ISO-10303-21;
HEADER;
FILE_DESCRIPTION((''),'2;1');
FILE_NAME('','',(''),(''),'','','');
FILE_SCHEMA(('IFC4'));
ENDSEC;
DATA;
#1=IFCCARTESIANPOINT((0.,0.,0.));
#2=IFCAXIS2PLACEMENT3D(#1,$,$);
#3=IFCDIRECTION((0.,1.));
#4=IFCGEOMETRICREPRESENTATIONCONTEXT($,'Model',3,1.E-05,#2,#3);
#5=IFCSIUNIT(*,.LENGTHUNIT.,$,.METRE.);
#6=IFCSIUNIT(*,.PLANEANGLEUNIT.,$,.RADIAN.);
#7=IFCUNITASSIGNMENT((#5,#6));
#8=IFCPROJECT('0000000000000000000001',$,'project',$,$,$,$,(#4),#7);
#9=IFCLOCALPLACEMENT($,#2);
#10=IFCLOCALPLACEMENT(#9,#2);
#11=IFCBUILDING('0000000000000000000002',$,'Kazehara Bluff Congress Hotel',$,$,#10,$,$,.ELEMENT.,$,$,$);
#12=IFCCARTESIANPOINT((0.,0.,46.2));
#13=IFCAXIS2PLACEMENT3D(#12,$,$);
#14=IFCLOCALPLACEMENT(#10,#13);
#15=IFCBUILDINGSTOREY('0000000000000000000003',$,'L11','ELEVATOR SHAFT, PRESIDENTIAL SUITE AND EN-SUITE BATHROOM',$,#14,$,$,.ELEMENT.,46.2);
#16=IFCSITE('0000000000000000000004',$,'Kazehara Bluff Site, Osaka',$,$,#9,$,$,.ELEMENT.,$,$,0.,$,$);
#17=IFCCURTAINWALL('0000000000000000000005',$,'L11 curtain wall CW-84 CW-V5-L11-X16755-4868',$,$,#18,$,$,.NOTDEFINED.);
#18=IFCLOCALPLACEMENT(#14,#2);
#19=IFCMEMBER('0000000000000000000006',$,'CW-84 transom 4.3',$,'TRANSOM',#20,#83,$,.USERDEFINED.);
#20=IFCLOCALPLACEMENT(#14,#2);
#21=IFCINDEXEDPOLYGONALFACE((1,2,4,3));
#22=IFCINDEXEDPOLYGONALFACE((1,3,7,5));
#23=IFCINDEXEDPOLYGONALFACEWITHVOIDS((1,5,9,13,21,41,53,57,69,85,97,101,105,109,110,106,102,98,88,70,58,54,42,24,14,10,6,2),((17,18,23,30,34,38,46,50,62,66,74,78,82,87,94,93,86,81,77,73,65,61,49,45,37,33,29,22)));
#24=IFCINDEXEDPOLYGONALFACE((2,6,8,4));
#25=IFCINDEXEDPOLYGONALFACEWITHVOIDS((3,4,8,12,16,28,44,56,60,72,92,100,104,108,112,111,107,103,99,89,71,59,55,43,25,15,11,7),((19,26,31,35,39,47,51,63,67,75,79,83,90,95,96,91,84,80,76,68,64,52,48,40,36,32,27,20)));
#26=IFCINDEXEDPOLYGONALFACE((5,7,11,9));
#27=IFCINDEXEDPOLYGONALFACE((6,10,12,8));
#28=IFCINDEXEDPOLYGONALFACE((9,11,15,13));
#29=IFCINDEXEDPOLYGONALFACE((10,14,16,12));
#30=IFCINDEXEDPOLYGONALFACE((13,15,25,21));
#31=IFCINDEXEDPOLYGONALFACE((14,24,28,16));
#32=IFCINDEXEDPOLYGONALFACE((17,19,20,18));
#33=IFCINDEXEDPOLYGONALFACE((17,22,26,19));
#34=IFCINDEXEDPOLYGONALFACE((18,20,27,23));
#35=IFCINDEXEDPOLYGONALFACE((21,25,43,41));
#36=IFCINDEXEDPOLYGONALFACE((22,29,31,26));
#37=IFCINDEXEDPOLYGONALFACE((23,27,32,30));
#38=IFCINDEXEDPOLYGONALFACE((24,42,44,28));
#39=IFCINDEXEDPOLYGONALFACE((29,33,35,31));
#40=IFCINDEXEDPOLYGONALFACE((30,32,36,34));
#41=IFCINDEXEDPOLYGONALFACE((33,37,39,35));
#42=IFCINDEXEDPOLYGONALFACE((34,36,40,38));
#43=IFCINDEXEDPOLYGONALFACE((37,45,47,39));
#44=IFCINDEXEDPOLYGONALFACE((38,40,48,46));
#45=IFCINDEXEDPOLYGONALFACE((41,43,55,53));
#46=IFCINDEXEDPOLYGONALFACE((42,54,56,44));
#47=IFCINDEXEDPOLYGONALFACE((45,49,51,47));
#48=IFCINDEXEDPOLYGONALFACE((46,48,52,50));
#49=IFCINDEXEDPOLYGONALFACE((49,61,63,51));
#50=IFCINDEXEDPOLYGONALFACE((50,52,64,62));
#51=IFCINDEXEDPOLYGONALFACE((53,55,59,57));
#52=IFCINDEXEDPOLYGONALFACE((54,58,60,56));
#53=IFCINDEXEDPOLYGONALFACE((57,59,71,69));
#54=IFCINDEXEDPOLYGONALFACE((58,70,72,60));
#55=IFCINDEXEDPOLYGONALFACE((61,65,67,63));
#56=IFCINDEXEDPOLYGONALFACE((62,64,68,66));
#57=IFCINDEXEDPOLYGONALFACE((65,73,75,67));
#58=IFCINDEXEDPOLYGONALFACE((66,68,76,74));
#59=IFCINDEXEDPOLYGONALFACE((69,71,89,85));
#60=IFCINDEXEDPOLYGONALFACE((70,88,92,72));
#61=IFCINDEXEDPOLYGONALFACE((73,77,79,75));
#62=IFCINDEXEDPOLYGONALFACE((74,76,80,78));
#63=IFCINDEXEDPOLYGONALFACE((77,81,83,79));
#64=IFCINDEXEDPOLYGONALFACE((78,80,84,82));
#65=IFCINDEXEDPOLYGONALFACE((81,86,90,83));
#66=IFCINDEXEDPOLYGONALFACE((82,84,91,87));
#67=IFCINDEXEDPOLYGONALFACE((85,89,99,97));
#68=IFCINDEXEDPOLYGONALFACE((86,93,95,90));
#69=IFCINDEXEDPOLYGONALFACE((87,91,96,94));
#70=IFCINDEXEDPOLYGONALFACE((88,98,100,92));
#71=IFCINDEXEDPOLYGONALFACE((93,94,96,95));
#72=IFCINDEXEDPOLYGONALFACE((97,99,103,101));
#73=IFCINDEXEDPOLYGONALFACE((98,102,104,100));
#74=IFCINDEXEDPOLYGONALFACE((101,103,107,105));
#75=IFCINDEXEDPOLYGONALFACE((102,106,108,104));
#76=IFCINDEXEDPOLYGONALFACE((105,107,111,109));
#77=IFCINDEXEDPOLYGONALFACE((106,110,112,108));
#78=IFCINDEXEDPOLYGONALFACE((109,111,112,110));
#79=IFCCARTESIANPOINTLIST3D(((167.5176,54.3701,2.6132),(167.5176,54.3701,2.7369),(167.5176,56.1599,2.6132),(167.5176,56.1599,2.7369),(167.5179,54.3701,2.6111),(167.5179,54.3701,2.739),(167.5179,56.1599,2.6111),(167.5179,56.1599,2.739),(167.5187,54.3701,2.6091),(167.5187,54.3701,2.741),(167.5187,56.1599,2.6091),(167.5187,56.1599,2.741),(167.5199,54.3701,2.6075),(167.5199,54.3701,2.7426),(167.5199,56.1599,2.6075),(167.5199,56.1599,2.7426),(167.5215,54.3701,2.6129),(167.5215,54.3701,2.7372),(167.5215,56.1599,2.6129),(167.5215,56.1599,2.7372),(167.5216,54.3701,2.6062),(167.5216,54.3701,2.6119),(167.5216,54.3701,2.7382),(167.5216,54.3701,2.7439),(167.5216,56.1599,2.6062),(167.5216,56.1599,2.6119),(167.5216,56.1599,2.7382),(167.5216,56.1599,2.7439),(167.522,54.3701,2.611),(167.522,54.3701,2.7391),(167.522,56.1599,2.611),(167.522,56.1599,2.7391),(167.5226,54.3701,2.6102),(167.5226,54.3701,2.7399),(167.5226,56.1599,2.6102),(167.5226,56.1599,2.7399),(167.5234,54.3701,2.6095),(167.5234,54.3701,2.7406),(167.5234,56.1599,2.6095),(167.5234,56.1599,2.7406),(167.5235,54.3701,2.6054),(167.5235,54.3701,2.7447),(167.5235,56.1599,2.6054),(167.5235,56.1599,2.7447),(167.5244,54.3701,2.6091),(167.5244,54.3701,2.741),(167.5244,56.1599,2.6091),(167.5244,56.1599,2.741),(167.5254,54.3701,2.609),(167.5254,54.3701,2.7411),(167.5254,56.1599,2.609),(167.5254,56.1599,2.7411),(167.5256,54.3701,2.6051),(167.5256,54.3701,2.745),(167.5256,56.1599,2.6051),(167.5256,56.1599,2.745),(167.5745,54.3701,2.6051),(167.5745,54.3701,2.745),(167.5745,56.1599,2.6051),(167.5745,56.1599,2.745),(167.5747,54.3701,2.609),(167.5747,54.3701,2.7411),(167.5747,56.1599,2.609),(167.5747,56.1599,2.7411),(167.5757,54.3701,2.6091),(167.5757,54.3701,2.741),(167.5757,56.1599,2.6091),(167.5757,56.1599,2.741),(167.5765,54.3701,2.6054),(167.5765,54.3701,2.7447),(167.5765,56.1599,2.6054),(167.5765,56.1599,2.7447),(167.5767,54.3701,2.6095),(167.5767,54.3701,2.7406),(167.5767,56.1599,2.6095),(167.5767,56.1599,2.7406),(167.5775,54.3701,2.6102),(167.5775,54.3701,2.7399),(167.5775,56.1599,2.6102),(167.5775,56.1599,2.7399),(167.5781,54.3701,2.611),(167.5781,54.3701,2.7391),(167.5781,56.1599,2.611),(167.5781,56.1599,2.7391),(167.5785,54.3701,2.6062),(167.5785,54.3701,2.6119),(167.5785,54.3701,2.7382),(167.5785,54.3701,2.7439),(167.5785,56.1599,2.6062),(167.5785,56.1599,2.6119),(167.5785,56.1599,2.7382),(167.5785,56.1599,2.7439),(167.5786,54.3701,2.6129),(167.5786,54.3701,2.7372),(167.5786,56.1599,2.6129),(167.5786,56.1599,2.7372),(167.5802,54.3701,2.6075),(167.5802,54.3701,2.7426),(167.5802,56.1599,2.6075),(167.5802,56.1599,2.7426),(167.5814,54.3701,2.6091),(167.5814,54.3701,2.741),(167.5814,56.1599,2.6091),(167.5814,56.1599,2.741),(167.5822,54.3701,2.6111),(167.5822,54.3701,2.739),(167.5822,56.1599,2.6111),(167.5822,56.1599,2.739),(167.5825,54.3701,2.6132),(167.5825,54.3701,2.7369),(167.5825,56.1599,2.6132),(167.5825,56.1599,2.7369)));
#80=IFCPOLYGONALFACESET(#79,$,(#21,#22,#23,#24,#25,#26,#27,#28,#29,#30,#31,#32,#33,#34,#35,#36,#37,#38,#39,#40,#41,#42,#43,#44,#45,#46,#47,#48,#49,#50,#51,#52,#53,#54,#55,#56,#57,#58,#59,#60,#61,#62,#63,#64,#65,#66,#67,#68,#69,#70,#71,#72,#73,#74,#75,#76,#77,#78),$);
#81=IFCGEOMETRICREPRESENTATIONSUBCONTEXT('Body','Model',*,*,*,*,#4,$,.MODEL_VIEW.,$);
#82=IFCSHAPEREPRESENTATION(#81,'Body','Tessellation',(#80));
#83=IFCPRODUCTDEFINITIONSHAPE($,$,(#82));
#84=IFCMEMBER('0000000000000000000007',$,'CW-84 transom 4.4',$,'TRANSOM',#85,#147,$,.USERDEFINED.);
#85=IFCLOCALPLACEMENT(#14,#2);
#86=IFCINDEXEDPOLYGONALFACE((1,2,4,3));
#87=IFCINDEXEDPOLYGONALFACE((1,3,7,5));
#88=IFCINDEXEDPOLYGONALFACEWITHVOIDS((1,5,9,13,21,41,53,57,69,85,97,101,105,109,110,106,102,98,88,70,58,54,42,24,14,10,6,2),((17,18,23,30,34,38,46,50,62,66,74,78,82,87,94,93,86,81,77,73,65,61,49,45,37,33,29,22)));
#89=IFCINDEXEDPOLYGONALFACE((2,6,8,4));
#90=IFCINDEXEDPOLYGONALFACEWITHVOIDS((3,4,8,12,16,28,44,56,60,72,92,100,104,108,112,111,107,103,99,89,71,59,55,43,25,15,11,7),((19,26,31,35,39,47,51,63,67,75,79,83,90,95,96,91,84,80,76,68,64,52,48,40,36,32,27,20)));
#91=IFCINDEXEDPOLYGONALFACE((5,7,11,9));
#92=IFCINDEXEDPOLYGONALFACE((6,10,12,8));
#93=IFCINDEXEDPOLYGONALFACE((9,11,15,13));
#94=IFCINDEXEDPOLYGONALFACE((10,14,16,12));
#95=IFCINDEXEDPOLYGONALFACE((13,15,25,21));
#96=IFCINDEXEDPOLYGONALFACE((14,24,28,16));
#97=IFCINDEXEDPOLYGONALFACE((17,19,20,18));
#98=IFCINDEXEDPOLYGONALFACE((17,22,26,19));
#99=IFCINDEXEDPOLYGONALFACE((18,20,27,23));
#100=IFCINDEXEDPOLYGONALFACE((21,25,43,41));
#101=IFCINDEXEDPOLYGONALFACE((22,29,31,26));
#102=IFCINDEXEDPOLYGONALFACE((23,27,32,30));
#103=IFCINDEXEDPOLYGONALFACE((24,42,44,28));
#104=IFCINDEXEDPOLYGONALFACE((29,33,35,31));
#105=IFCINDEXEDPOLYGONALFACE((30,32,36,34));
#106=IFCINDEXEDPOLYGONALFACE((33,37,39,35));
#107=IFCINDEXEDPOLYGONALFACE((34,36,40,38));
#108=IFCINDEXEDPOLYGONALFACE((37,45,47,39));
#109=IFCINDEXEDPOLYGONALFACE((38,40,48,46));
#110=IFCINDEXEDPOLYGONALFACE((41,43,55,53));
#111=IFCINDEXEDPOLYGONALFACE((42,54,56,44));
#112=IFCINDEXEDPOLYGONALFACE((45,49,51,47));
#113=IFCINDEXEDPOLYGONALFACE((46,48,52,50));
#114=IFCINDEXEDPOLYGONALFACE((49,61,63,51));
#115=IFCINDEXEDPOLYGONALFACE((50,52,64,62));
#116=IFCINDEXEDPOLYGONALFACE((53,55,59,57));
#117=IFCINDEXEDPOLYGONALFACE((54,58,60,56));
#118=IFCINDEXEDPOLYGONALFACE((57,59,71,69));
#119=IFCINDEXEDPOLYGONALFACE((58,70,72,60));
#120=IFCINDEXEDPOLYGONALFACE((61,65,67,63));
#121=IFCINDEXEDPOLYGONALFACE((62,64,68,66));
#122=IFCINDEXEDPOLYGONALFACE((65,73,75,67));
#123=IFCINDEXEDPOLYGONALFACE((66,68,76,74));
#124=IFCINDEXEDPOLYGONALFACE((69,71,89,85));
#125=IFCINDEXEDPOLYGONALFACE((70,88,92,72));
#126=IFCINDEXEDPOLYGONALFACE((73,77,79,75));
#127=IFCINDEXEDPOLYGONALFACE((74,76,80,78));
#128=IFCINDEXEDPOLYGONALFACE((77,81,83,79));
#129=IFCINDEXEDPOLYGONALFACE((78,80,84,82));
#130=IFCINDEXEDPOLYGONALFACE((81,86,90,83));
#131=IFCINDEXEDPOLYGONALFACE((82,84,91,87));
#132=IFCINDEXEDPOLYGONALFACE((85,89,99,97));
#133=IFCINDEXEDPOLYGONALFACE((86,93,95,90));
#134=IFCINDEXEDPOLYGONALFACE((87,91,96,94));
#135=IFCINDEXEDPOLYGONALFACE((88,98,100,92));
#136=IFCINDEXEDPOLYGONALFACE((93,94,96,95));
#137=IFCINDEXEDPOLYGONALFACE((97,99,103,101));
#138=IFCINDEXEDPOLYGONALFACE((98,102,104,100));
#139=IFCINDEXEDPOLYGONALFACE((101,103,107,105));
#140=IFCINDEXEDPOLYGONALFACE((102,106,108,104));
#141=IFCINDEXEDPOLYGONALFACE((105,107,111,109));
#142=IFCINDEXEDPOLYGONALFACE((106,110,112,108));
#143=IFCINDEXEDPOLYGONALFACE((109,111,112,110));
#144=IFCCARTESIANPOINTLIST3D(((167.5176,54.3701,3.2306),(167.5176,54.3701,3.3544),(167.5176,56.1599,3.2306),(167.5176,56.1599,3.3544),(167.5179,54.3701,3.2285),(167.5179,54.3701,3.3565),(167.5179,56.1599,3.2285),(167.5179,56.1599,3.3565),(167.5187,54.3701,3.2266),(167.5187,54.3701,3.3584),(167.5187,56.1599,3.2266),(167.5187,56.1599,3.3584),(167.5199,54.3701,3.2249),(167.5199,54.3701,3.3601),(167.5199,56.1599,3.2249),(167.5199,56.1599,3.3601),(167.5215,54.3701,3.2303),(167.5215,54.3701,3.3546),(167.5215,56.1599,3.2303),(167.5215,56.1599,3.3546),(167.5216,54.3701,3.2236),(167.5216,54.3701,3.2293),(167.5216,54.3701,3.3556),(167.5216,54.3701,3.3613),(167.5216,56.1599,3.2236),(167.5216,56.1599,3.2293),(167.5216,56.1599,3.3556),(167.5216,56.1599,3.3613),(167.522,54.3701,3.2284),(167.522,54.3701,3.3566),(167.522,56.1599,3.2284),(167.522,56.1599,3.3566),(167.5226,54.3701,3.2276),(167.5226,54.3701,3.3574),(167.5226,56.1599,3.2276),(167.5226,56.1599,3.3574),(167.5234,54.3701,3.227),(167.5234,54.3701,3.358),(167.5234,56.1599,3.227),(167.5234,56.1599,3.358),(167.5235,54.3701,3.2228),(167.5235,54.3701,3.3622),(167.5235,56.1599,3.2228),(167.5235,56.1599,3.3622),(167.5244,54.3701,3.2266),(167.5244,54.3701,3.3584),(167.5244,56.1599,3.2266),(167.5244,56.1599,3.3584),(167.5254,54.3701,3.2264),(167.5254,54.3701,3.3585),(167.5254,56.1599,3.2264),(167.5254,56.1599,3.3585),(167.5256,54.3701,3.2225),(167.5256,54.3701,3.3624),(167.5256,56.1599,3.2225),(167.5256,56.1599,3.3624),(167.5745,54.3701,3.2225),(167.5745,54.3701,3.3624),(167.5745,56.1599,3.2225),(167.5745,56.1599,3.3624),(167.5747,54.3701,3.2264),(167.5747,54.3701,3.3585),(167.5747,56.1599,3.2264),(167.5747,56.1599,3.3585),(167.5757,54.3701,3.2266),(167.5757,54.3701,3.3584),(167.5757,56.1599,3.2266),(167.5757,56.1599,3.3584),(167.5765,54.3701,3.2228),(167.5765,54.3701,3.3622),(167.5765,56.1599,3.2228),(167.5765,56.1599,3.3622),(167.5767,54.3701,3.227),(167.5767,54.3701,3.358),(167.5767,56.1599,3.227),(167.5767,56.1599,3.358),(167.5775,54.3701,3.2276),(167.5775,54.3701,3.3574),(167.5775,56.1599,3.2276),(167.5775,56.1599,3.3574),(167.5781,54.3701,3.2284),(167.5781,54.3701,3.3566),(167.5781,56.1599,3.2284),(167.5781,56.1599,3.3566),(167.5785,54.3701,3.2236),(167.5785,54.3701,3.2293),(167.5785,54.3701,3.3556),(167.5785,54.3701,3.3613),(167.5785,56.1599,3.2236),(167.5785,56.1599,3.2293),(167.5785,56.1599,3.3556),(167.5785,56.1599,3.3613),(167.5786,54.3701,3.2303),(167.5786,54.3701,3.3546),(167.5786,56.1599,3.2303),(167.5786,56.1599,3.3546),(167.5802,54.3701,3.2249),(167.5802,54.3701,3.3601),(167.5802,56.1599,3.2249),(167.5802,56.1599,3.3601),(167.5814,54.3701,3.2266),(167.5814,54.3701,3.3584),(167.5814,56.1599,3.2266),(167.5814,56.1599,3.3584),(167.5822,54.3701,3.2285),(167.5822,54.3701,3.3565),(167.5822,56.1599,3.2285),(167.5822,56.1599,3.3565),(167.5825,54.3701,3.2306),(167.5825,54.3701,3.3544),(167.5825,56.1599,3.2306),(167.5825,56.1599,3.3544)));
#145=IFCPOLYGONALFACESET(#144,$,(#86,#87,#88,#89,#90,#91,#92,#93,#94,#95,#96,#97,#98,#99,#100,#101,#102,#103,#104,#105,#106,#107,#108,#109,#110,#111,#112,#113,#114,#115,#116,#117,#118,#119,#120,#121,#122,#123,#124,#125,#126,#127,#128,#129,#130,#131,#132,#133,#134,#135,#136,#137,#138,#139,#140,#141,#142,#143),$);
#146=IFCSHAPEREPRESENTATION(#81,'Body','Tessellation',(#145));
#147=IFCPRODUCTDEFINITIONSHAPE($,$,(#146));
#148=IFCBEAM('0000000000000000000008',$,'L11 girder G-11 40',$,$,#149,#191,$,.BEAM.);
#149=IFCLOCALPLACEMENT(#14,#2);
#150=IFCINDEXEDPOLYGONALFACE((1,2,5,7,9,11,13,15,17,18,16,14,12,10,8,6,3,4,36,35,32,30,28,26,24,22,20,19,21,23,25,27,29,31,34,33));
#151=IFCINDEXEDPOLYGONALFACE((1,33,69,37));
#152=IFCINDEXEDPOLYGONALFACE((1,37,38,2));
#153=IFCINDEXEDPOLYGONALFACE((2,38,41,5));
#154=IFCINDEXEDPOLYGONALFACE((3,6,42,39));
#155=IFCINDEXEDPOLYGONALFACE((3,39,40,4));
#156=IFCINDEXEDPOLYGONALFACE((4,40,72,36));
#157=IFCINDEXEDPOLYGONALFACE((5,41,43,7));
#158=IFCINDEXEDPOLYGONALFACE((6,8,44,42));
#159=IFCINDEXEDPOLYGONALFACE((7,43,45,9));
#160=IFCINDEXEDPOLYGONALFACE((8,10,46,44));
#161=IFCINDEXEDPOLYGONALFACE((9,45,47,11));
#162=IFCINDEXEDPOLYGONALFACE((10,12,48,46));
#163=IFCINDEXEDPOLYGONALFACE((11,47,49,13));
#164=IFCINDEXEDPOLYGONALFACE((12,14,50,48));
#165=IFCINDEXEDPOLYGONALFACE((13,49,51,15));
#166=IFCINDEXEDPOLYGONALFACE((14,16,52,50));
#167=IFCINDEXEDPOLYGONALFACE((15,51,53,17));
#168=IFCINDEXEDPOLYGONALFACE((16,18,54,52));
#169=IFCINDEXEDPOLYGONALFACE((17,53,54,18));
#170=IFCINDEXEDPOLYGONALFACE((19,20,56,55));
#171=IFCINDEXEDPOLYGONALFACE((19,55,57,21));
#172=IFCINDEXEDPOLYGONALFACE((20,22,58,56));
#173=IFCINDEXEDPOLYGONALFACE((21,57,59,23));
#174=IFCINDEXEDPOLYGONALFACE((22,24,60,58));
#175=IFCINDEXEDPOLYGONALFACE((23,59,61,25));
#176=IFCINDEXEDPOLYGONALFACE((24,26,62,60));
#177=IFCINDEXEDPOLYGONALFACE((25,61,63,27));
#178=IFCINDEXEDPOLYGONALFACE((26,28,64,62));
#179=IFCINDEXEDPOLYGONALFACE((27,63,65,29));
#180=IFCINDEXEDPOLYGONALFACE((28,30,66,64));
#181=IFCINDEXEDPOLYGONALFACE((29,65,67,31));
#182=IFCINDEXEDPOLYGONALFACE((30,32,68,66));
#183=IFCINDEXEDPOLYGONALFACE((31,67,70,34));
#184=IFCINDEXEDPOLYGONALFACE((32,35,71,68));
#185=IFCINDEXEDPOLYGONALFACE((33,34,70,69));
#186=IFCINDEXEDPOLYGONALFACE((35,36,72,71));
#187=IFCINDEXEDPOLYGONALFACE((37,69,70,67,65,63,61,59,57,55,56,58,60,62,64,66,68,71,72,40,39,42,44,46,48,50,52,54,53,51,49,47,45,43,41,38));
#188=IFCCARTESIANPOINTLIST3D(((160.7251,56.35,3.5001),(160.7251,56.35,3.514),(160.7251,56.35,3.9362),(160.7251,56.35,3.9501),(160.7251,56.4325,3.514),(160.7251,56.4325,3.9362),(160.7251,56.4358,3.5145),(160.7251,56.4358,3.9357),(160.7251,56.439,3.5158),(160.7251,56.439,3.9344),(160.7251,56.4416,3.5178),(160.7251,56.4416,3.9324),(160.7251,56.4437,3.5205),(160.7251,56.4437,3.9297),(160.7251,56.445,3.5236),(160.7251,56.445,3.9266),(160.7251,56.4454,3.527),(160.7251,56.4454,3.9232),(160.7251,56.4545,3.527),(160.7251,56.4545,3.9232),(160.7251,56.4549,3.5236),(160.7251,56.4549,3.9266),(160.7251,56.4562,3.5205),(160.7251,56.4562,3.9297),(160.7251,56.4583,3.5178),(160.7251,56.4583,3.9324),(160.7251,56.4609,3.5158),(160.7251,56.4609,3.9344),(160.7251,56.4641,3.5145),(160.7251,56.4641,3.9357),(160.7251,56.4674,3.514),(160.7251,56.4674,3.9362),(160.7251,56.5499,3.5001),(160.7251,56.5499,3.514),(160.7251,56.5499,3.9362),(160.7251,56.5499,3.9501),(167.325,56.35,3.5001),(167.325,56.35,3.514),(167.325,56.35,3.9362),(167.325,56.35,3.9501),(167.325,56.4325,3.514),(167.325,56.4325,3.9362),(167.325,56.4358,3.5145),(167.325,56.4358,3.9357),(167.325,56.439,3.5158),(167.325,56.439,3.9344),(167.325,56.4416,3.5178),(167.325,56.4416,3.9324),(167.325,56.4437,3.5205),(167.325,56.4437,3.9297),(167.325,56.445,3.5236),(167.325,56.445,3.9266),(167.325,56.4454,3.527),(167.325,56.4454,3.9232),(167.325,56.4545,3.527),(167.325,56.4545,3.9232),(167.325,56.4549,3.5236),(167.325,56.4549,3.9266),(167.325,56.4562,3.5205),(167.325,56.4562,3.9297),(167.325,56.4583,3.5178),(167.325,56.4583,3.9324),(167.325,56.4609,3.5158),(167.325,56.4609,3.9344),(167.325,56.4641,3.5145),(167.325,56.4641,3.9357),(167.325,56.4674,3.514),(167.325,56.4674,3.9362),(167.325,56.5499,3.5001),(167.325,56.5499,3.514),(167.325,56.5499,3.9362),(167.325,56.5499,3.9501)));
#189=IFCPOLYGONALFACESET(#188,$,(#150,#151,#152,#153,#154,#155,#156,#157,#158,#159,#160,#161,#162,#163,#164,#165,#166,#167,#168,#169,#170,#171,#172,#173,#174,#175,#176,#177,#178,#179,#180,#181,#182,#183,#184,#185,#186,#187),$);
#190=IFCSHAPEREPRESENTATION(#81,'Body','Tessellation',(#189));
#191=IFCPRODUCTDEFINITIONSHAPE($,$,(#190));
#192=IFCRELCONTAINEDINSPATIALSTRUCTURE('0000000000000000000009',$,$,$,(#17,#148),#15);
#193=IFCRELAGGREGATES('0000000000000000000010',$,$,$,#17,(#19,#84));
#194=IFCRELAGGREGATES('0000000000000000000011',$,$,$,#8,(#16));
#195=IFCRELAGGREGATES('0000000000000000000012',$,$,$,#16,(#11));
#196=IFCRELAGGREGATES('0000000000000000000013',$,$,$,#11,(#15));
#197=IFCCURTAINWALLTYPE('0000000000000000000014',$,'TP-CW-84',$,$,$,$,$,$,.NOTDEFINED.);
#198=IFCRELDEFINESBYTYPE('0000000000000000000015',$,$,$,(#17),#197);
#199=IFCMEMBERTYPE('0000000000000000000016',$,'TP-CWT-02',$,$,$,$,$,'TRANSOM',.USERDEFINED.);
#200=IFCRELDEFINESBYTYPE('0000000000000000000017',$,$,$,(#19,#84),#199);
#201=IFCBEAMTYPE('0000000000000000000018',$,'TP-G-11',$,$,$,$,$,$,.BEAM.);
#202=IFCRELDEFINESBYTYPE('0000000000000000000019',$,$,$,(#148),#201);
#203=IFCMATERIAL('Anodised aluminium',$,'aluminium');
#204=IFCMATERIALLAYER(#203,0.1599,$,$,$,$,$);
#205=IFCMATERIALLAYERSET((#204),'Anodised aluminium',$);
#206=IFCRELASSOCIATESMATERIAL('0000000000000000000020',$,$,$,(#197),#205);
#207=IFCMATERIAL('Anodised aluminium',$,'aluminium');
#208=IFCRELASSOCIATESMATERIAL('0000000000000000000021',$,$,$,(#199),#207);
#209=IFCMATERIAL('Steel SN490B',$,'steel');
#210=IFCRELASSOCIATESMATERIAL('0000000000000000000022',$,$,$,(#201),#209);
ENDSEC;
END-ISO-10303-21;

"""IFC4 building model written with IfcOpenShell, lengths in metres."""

from ifc_helpers import new_model, si_unit, direction, frame, origin, origin_2d, place, context, subcontext, project, spatial, hollow_rectangle, i_section, extrude, material, layer, layer_set, material_profile, profile_set, type_object, element, aggregate, save


model = new_model("IFC4")

# Units and contexts
model_context = context("Model", 3, precision=1e-05, world=origin(), true_north=direction((0.0, 1.0)))
body_context = subcontext(model_context, "Body", "Model", "MODEL_VIEW")
ifc_project = project(units=[si_unit("LENGTHUNIT", "METRE"), si_unit("PLANEANGLEUNIT", "RADIAN")], contexts=[model_context])

# Site, building, storey
site_placement = place(None, origin())
site = spatial("IfcSite", under=ifc_project, at=site_placement, Name="Kazehara Bluff Site, Osaka", CompositionType="ELEMENT", RefElevation=0.0)
building_placement = place(site_placement, origin())
building = spatial("IfcBuilding", under=site, at=building_placement, Name="Kazehara Bluff Congress Hotel", CompositionType="ELEMENT")
storey_placement = place(building_placement, frame((0.0, 0.0, 46.2)))
storey = spatial("IfcBuildingStorey", under=building, at=storey_placement, Name="L11", Description="ELEVATOR SHAFT, PRESIDENTIAL SUITE AND EN-SUITE BATHROOM", CompositionType="ELEMENT", Elevation=46.2)

# Curtain wall, members
ifc_material_1 = material(Name="Anodised aluminium", Category="aluminium")
ifc_layer_1 = layer(ifc_material_1, 0.1599)
ifc_layer_set_1 = layer_set([ifc_layer_1], Name="Anodised aluminium")
curtain_wall_type = type_object("IfcCurtainWallType", Name="TP-CW-84", PredefinedType="NOTDEFINED", material=ifc_layer_set_1)
curtain_wall_placement = place(storey_placement, origin())
curtain_wall = element("IfcCurtainWall", 1, at=curtain_wall_placement, inside=storey, type_object=curtain_wall_type, Name="L11 curtain wall CW-84 CW-V5-L11-X16755-4868", PredefinedType="NOTDEFINED")
ifc_material_2 = material(Name="Anodised aluminium", Category="aluminium")
ifc_material_profile_1 = material_profile(ifc_material_2, hollow_rectangle(XDim=0.0649, YDim=0.1399, WallThickness=0.0039, InnerFilletRadius=0.0039, OuterFilletRadius=0.0081, at=origin_2d()))
ifc_profile_set_1 = profile_set([ifc_material_profile_1], Name="Anodised aluminium")
member_type_1 = type_object("IfcMemberType", Name="TP-CWT-02", ElementType="TRANSOM", PredefinedType="USERDEFINED", material=ifc_profile_set_1)
member_1_placement = place(storey_placement, frame((167.55, 54.3701, 2.675), z_axis=(0.0, 1.0, 0.0), x_axis=(-1.0, 0.0, 0.0)))
member_1 = element("IfcMember", 2, at=member_1_placement, type_object=member_type_1, Name="CW-84 transom 4.3", ObjectType="TRANSOM", PredefinedType="USERDEFINED", context=body_context, shape_type="SweptSolid", body=[
    extrude(hollow_rectangle(XDim=0.0649, YDim=0.1399, WallThickness=0.0039, InnerFilletRadius=0.0039, OuterFilletRadius=0.0081, at=origin_2d()), origin(), (0.0, 0.0, 1.0), 1.7898),
])
member_2_placement = place(storey_placement, frame((167.55, 54.3701, 3.2925), z_axis=(0.0, 1.0, 0.0), x_axis=(-1.0, 0.0, 0.0)))
member_2 = element("IfcMember", 3, at=member_2_placement, type_object=member_type_1, Name="CW-84 transom 4.4", ObjectType="TRANSOM", PredefinedType="USERDEFINED", context=body_context, shape_type="SweptSolid", body=[
    extrude(hollow_rectangle(XDim=0.0649, YDim=0.1399, WallThickness=0.0039, InnerFilletRadius=0.0039, OuterFilletRadius=0.0081, at=origin_2d()), origin(), (0.0, 0.0, 1.0), 1.7898),
])

# Beam
ifc_material_3 = material(Name="Steel SN490B", Category="steel")
ifc_material_profile_2 = material_profile(ifc_material_3, i_section(OverallWidth=0.2, OverallDepth=0.45, WebThickness=0.009, FlangeThickness=0.0139, FilletRadius=0.0129, at=origin_2d()))
ifc_profile_set_2 = profile_set([ifc_material_profile_2], Name="Steel SN490B")
beam_type_1 = type_object("IfcBeamType", Name="TP-G-11", PredefinedType="BEAM", material=ifc_profile_set_2)
beam_1_placement = place(storey_placement, frame((160.7251, 56.45, 3.7251), z_axis=(1.0, 0.0, 0.0), x_axis=(0.0, 1.0, 0.0)))
element("IfcBeam", 4, at=beam_1_placement, inside=storey, type_object=beam_type_1, Name="L11 girder G-11 40", PredefinedType="BEAM", context=body_context, shape_type="SweptSolid", body=[
    extrude(i_section(OverallWidth=0.2, OverallDepth=0.45, WebThickness=0.009, FlangeThickness=0.0139, FilletRadius=0.0129, at=origin_2d()), origin(), (0.0, 0.0, 1.0), 6.5999),
])

aggregate(curtain_wall, [member_1, member_2])

save(model, "model.ifc")
